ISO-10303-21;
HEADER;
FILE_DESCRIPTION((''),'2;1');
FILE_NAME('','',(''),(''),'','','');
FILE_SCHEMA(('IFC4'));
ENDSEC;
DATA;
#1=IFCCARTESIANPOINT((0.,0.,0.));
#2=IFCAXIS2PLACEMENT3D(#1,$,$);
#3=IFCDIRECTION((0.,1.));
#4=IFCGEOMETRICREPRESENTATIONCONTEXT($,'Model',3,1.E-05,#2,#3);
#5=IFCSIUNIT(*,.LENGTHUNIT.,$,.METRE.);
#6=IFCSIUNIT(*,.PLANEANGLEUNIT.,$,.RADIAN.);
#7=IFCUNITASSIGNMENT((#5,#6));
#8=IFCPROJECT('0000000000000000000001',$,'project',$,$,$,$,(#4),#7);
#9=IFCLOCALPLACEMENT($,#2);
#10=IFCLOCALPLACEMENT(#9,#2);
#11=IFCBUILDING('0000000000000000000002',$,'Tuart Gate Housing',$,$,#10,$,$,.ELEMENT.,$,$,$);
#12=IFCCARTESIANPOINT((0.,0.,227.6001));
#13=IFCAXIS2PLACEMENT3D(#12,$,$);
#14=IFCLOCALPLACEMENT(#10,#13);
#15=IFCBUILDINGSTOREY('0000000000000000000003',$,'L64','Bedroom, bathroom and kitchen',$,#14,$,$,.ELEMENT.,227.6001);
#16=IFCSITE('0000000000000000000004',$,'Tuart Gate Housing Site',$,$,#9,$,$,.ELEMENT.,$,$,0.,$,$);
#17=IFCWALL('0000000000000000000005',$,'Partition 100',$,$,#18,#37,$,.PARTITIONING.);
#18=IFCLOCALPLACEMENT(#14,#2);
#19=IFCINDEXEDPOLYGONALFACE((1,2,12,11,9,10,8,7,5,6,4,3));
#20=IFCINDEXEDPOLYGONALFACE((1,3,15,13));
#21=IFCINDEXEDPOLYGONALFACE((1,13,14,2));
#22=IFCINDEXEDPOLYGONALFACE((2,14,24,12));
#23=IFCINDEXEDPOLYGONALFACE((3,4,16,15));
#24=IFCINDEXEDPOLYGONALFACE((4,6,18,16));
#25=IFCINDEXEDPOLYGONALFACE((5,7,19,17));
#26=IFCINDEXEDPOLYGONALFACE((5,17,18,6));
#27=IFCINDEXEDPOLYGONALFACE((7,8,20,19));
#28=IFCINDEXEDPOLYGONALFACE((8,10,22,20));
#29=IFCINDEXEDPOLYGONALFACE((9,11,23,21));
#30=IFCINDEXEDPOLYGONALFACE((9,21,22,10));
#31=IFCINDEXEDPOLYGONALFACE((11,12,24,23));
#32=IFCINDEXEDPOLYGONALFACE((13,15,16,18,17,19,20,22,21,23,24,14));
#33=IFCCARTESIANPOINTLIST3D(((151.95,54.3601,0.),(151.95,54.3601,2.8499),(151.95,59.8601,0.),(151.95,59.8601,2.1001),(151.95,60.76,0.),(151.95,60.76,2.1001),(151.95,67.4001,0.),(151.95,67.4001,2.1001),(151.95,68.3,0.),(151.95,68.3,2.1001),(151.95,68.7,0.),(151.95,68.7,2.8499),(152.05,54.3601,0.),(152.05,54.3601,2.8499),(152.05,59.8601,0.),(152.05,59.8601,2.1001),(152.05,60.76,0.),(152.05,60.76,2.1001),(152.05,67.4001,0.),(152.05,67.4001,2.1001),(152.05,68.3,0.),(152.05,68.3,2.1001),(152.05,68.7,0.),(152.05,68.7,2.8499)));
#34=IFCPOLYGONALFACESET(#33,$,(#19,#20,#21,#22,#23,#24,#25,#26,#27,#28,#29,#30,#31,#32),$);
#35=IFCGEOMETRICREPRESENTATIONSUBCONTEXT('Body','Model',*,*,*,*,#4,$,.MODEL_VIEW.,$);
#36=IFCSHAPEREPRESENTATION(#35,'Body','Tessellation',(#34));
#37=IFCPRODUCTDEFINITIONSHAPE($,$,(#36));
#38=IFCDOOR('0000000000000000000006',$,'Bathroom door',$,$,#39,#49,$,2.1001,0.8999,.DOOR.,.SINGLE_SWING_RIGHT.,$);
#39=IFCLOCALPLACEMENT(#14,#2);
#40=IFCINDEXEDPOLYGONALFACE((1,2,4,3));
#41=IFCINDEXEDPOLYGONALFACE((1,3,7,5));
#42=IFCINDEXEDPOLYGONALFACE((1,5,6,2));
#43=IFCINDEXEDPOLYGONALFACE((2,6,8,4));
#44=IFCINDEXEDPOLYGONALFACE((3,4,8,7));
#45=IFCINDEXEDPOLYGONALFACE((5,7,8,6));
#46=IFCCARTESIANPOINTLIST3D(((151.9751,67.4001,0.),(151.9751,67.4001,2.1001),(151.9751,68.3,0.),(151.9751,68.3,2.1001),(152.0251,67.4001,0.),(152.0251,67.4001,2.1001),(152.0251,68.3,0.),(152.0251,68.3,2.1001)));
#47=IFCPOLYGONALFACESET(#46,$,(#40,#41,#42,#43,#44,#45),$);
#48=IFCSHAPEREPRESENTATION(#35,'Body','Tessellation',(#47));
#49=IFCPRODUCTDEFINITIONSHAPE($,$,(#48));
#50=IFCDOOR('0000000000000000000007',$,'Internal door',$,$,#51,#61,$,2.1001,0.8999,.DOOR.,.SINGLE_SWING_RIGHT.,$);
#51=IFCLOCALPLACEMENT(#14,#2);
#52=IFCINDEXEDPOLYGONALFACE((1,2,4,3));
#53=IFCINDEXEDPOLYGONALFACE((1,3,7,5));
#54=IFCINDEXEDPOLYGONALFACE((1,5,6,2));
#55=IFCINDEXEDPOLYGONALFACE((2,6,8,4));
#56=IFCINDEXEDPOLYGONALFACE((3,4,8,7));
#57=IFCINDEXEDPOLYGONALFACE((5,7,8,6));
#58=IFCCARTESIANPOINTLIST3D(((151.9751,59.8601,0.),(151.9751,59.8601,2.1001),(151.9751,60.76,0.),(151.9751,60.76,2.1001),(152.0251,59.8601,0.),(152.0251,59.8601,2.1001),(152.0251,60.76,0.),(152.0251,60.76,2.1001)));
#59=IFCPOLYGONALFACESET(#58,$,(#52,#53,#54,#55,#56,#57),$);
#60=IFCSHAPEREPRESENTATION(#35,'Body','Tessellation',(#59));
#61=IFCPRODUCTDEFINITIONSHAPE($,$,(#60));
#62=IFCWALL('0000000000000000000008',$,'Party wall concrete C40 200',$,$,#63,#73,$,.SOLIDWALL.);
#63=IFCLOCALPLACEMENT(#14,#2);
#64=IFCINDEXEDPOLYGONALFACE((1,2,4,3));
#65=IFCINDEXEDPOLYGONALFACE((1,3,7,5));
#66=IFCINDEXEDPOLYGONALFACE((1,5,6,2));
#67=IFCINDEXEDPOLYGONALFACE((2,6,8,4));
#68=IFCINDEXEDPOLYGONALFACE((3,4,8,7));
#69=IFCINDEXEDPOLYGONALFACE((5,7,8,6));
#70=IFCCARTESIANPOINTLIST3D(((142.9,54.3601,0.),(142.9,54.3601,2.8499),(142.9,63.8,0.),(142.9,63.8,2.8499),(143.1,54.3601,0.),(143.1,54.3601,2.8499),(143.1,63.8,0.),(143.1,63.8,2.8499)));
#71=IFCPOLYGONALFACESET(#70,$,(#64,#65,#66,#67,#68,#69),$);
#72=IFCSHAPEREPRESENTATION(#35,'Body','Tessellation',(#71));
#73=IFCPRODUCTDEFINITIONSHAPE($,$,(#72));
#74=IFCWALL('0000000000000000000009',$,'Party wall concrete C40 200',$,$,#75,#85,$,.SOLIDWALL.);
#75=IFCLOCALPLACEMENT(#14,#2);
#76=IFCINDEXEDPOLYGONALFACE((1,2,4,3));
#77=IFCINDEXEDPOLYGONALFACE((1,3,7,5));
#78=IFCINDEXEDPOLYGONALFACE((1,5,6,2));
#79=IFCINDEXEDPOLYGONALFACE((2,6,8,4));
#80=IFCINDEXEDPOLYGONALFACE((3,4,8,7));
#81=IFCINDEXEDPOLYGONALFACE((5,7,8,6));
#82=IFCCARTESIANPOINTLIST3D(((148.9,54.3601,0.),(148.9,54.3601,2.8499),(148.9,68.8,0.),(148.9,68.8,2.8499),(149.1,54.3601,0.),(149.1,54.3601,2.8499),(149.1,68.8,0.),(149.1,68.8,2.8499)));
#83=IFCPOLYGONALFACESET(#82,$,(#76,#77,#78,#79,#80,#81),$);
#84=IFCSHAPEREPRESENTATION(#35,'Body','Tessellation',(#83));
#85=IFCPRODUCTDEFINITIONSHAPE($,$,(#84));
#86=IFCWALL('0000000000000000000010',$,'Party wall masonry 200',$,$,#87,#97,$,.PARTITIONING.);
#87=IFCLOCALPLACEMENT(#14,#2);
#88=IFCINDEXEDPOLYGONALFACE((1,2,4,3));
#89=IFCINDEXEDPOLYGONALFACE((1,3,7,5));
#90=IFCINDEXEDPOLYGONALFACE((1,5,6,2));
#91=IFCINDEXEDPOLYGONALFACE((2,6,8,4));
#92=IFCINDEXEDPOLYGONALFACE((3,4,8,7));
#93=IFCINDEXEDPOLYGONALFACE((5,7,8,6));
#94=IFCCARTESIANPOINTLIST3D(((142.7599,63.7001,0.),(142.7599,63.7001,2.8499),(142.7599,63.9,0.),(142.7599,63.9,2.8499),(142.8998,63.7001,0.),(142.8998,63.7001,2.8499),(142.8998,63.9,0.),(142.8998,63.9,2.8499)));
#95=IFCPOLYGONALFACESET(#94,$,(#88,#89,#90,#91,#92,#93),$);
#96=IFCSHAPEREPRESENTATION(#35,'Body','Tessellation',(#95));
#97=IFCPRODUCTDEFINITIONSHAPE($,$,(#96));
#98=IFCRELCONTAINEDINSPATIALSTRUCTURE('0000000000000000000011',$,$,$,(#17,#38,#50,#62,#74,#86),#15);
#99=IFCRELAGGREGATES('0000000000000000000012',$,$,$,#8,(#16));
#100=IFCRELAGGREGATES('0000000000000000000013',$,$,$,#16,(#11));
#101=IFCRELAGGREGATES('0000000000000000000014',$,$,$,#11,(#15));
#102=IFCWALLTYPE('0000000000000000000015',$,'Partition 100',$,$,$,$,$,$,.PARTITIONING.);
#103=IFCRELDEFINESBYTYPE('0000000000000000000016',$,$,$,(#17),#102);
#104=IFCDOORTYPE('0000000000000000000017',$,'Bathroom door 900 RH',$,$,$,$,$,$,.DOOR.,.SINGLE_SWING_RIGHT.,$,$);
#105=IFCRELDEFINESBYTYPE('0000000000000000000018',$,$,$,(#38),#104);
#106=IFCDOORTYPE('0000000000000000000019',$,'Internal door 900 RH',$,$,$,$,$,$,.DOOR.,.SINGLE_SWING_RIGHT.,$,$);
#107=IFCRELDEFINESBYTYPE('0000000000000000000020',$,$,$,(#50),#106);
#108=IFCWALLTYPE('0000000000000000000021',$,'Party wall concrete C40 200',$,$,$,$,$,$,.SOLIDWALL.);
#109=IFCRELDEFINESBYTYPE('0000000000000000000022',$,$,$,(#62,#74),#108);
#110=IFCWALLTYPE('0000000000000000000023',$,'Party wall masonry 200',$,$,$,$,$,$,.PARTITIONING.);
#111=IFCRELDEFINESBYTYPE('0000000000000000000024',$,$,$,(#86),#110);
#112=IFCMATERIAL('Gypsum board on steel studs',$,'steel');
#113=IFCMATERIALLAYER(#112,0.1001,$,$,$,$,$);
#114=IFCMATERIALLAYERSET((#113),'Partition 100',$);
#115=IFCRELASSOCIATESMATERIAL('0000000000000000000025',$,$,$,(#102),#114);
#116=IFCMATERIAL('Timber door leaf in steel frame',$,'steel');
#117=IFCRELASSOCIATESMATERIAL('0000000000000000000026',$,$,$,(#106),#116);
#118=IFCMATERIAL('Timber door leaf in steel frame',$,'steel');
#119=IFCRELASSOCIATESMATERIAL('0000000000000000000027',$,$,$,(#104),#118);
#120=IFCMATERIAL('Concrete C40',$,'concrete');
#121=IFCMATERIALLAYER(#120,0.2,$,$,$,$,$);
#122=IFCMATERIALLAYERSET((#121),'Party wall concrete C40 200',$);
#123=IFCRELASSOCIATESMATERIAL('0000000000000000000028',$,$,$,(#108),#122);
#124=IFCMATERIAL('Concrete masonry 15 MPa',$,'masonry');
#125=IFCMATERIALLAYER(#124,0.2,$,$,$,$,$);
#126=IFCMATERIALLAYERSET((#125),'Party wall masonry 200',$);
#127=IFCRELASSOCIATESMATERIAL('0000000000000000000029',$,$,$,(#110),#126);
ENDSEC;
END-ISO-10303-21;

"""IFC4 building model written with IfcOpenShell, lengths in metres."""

from ifc_helpers import new_model, si_unit, direction, frame, frame_2d, origin, place, context, subcontext, project, spatial, rectangle, extrude, material, layer, layer_set, type_object, element, fill, save


model = new_model("IFC4")

# Units and contexts
model_context = context("Model", 3, precision=1e-05, world=origin(), true_north=direction((0.0, 1.0)))
body_context = subcontext(model_context, "Body", "Model", "MODEL_VIEW")
ifc_project = project(units=[si_unit("LENGTHUNIT", "METRE"), si_unit("PLANEANGLEUNIT", "RADIAN")], contexts=[model_context])

# Site, building, storey
site_placement = place(None, origin())
site = spatial("IfcSite", under=ifc_project, at=site_placement, Name="Tuart Gate Housing Site", CompositionType="ELEMENT", RefElevation=0.0)
building_placement = place(site_placement, origin())
building = spatial("IfcBuilding", under=site, at=building_placement, Name="Tuart Gate Housing", CompositionType="ELEMENT")
storey_placement = place(building_placement, frame((0.0, 0.0, 227.6001)))
storey = spatial("IfcBuildingStorey", under=building, at=storey_placement, Name="L64", Description="Bedroom, bathroom and kitchen", CompositionType="ELEMENT", Elevation=227.6001)

# Shared definitions
ifc_material_1 = material(Name="Gypsum board on steel studs", Category="steel")
ifc_layer_1 = layer(ifc_material_1, 0.1001)
ifc_layer_set_1 = layer_set([ifc_layer_1], Name="Partition 100")
wall_type_1 = type_object("IfcWallType", Name="Partition 100", PredefinedType="PARTITIONING", material=ifc_layer_set_1)
ifc_material_2 = material(Name="Timber door leaf in steel frame", Category="steel")
door_type_1 = type_object("IfcDoorType", Name="Internal door 900 RH", OperationType="SINGLE_SWING_RIGHT", PredefinedType="DOOR", material=ifc_material_2)

# Wall, openings, doors
wall_1_placement = place(storey_placement, frame((152.0, 54.3601, 0.0), z_axis=(0.0, 0.0, 1.0), x_axis=(0.0, 1.0, 0.0)))
wall_1 = element("IfcWall", 1, at=wall_1_placement, inside=storey, type_object=wall_type_1, Name="Partition 100", PredefinedType="PARTITIONING", context=body_context, shape_type="SweptSolid", body=[
    extrude(rectangle(XDim=14.3398, YDim=0.1001, at=frame_2d((7.1699, 0.0))), origin(), (0.0, 0.0, 1.0), 2.8499),
])
opening_1_placement = place(wall_1_placement, frame((5.5, 0.0, 0.0)))
opening_1 = element("IfcOpeningElement", 2, at=opening_1_placement, cuts=wall_1, PredefinedType="OPENING", context=body_context, shape_type="SweptSolid", body=[
    extrude(rectangle(XDim=0.8999, YDim=2.1001, at=frame_2d((0.45, 1.05))), frame((0.0, 0.0601, 0.0), z_axis=(0.0, -1.0, 0.0), x_axis=(1.0, 0.0, 0.0)), (0.0, 0.0, 1.0), 0.1201),
])
opening_2_placement = place(wall_1_placement, frame((13.04, 0.0, 0.0)))
opening_2 = element("IfcOpeningElement", 3, at=opening_2_placement, cuts=wall_1, PredefinedType="OPENING", context=body_context, shape_type="SweptSolid", body=[
    extrude(rectangle(XDim=0.8999, YDim=2.1001, at=frame_2d((0.45, 1.05))), frame((0.0, 0.0601, 0.0), z_axis=(0.0, -1.0, 0.0), x_axis=(1.0, 0.0, 0.0)), (0.0, 0.0, 1.0), 0.1201),
])
ifc_material_3 = material(Name="Timber door leaf in steel frame", Category="steel")
door_type_2 = type_object("IfcDoorType", Name="Bathroom door 900 RH", OperationType="SINGLE_SWING_RIGHT", PredefinedType="DOOR", material=ifc_material_3)
door_1_placement = place(opening_2_placement, origin())
door_1 = element("IfcDoor", 4, at=door_1_placement, inside=storey, type_object=door_type_2, Name="Bathroom door", OperationType="SINGLE_SWING_RIGHT", OverallHeight=2.1001, OverallWidth=0.8999, PredefinedType="DOOR", context=body_context, shape_type="SweptSolid", body=[
    extrude(rectangle(XDim=0.8999, YDim=2.1001, at=frame_2d((0.45, 1.05))), frame((0.0, 0.0249, 0.0), z_axis=(0.0, -1.0, 0.0), x_axis=(1.0, 0.0, 0.0)), (0.0, 0.0, 1.0), 0.05),
])
fill(opening_2, door_1)
door_2_placement = place(opening_1_placement, origin())
door_2 = element("IfcDoor", 5, at=door_2_placement, inside=storey, type_object=door_type_1, Name="Internal door", OperationType="SINGLE_SWING_RIGHT", OverallHeight=2.1001, OverallWidth=0.8999, PredefinedType="DOOR", context=body_context, shape_type="SweptSolid", body=[
    extrude(rectangle(XDim=0.8999, YDim=2.1001, at=frame_2d((0.45, 1.05))), frame((0.0, 0.0249, 0.0), z_axis=(0.0, -1.0, 0.0), x_axis=(1.0, 0.0, 0.0)), (0.0, 0.0, 1.0), 0.05),
])
fill(opening_1, door_2)

# Walls
ifc_material_4 = material(Name="Concrete C40", Category="concrete")
ifc_layer_2 = layer(ifc_material_4, 0.2)
ifc_layer_set_2 = layer_set([ifc_layer_2], Name="Party wall concrete C40 200")
wall_type_2 = type_object("IfcWallType", Name="Party wall concrete C40 200", PredefinedType="SOLIDWALL", material=ifc_layer_set_2)
wall_2_placement = place(storey_placement, frame((143.0, 54.3601, 0.0), z_axis=(0.0, 0.0, 1.0), x_axis=(0.0, 1.0, 0.0)))
element("IfcWall", 6, at=wall_2_placement, inside=storey, type_object=wall_type_2, Name="Party wall concrete C40 200", PredefinedType="SOLIDWALL", context=body_context, shape_type="SweptSolid", body=[
    extrude(rectangle(XDim=9.4399, YDim=0.2, at=frame_2d((4.72, 0.0))), origin(), (0.0, 0.0, 1.0), 2.8499),
])
wall_3_placement = place(storey_placement, frame((149.0, 54.3601, 0.0), z_axis=(0.0, 0.0, 1.0), x_axis=(0.0, 1.0, 0.0)))
element("IfcWall", 7, at=wall_3_placement, inside=storey, type_object=wall_type_2, Name="Party wall concrete C40 200", PredefinedType="SOLIDWALL", context=body_context, shape_type="SweptSolid", body=[
    extrude(rectangle(XDim=14.4399, YDim=0.2, at=frame_2d((7.22, 0.0))), origin(), (0.0, 0.0, 1.0), 2.8499),
])
ifc_material_5 = material(Name="Concrete masonry 15 MPa", Category="masonry")
ifc_layer_3 = layer(ifc_material_5, 0.2)
ifc_layer_set_3 = layer_set([ifc_layer_3], Name="Party wall masonry 200")
wall_type_3 = type_object("IfcWallType", Name="Party wall masonry 200", PredefinedType="PARTITIONING", material=ifc_layer_set_3)
wall_4_placement = place(storey_placement, frame((142.76, 63.8, 0.0), z_axis=(0.0, 0.0, 1.0), x_axis=(1.0, 0.0, 0.0)))
element("IfcWall", 8, at=wall_4_placement, inside=storey, type_object=wall_type_3, Name="Party wall masonry 200", PredefinedType="PARTITIONING", context=body_context, shape_type="SweptSolid", body=[
    extrude(rectangle(XDim=0.1399, YDim=0.2, at=frame_2d((0.0698, 0.0))), origin(), (0.0, 0.0, 1.0), 2.8499),
])

save(model, "model.ifc")
